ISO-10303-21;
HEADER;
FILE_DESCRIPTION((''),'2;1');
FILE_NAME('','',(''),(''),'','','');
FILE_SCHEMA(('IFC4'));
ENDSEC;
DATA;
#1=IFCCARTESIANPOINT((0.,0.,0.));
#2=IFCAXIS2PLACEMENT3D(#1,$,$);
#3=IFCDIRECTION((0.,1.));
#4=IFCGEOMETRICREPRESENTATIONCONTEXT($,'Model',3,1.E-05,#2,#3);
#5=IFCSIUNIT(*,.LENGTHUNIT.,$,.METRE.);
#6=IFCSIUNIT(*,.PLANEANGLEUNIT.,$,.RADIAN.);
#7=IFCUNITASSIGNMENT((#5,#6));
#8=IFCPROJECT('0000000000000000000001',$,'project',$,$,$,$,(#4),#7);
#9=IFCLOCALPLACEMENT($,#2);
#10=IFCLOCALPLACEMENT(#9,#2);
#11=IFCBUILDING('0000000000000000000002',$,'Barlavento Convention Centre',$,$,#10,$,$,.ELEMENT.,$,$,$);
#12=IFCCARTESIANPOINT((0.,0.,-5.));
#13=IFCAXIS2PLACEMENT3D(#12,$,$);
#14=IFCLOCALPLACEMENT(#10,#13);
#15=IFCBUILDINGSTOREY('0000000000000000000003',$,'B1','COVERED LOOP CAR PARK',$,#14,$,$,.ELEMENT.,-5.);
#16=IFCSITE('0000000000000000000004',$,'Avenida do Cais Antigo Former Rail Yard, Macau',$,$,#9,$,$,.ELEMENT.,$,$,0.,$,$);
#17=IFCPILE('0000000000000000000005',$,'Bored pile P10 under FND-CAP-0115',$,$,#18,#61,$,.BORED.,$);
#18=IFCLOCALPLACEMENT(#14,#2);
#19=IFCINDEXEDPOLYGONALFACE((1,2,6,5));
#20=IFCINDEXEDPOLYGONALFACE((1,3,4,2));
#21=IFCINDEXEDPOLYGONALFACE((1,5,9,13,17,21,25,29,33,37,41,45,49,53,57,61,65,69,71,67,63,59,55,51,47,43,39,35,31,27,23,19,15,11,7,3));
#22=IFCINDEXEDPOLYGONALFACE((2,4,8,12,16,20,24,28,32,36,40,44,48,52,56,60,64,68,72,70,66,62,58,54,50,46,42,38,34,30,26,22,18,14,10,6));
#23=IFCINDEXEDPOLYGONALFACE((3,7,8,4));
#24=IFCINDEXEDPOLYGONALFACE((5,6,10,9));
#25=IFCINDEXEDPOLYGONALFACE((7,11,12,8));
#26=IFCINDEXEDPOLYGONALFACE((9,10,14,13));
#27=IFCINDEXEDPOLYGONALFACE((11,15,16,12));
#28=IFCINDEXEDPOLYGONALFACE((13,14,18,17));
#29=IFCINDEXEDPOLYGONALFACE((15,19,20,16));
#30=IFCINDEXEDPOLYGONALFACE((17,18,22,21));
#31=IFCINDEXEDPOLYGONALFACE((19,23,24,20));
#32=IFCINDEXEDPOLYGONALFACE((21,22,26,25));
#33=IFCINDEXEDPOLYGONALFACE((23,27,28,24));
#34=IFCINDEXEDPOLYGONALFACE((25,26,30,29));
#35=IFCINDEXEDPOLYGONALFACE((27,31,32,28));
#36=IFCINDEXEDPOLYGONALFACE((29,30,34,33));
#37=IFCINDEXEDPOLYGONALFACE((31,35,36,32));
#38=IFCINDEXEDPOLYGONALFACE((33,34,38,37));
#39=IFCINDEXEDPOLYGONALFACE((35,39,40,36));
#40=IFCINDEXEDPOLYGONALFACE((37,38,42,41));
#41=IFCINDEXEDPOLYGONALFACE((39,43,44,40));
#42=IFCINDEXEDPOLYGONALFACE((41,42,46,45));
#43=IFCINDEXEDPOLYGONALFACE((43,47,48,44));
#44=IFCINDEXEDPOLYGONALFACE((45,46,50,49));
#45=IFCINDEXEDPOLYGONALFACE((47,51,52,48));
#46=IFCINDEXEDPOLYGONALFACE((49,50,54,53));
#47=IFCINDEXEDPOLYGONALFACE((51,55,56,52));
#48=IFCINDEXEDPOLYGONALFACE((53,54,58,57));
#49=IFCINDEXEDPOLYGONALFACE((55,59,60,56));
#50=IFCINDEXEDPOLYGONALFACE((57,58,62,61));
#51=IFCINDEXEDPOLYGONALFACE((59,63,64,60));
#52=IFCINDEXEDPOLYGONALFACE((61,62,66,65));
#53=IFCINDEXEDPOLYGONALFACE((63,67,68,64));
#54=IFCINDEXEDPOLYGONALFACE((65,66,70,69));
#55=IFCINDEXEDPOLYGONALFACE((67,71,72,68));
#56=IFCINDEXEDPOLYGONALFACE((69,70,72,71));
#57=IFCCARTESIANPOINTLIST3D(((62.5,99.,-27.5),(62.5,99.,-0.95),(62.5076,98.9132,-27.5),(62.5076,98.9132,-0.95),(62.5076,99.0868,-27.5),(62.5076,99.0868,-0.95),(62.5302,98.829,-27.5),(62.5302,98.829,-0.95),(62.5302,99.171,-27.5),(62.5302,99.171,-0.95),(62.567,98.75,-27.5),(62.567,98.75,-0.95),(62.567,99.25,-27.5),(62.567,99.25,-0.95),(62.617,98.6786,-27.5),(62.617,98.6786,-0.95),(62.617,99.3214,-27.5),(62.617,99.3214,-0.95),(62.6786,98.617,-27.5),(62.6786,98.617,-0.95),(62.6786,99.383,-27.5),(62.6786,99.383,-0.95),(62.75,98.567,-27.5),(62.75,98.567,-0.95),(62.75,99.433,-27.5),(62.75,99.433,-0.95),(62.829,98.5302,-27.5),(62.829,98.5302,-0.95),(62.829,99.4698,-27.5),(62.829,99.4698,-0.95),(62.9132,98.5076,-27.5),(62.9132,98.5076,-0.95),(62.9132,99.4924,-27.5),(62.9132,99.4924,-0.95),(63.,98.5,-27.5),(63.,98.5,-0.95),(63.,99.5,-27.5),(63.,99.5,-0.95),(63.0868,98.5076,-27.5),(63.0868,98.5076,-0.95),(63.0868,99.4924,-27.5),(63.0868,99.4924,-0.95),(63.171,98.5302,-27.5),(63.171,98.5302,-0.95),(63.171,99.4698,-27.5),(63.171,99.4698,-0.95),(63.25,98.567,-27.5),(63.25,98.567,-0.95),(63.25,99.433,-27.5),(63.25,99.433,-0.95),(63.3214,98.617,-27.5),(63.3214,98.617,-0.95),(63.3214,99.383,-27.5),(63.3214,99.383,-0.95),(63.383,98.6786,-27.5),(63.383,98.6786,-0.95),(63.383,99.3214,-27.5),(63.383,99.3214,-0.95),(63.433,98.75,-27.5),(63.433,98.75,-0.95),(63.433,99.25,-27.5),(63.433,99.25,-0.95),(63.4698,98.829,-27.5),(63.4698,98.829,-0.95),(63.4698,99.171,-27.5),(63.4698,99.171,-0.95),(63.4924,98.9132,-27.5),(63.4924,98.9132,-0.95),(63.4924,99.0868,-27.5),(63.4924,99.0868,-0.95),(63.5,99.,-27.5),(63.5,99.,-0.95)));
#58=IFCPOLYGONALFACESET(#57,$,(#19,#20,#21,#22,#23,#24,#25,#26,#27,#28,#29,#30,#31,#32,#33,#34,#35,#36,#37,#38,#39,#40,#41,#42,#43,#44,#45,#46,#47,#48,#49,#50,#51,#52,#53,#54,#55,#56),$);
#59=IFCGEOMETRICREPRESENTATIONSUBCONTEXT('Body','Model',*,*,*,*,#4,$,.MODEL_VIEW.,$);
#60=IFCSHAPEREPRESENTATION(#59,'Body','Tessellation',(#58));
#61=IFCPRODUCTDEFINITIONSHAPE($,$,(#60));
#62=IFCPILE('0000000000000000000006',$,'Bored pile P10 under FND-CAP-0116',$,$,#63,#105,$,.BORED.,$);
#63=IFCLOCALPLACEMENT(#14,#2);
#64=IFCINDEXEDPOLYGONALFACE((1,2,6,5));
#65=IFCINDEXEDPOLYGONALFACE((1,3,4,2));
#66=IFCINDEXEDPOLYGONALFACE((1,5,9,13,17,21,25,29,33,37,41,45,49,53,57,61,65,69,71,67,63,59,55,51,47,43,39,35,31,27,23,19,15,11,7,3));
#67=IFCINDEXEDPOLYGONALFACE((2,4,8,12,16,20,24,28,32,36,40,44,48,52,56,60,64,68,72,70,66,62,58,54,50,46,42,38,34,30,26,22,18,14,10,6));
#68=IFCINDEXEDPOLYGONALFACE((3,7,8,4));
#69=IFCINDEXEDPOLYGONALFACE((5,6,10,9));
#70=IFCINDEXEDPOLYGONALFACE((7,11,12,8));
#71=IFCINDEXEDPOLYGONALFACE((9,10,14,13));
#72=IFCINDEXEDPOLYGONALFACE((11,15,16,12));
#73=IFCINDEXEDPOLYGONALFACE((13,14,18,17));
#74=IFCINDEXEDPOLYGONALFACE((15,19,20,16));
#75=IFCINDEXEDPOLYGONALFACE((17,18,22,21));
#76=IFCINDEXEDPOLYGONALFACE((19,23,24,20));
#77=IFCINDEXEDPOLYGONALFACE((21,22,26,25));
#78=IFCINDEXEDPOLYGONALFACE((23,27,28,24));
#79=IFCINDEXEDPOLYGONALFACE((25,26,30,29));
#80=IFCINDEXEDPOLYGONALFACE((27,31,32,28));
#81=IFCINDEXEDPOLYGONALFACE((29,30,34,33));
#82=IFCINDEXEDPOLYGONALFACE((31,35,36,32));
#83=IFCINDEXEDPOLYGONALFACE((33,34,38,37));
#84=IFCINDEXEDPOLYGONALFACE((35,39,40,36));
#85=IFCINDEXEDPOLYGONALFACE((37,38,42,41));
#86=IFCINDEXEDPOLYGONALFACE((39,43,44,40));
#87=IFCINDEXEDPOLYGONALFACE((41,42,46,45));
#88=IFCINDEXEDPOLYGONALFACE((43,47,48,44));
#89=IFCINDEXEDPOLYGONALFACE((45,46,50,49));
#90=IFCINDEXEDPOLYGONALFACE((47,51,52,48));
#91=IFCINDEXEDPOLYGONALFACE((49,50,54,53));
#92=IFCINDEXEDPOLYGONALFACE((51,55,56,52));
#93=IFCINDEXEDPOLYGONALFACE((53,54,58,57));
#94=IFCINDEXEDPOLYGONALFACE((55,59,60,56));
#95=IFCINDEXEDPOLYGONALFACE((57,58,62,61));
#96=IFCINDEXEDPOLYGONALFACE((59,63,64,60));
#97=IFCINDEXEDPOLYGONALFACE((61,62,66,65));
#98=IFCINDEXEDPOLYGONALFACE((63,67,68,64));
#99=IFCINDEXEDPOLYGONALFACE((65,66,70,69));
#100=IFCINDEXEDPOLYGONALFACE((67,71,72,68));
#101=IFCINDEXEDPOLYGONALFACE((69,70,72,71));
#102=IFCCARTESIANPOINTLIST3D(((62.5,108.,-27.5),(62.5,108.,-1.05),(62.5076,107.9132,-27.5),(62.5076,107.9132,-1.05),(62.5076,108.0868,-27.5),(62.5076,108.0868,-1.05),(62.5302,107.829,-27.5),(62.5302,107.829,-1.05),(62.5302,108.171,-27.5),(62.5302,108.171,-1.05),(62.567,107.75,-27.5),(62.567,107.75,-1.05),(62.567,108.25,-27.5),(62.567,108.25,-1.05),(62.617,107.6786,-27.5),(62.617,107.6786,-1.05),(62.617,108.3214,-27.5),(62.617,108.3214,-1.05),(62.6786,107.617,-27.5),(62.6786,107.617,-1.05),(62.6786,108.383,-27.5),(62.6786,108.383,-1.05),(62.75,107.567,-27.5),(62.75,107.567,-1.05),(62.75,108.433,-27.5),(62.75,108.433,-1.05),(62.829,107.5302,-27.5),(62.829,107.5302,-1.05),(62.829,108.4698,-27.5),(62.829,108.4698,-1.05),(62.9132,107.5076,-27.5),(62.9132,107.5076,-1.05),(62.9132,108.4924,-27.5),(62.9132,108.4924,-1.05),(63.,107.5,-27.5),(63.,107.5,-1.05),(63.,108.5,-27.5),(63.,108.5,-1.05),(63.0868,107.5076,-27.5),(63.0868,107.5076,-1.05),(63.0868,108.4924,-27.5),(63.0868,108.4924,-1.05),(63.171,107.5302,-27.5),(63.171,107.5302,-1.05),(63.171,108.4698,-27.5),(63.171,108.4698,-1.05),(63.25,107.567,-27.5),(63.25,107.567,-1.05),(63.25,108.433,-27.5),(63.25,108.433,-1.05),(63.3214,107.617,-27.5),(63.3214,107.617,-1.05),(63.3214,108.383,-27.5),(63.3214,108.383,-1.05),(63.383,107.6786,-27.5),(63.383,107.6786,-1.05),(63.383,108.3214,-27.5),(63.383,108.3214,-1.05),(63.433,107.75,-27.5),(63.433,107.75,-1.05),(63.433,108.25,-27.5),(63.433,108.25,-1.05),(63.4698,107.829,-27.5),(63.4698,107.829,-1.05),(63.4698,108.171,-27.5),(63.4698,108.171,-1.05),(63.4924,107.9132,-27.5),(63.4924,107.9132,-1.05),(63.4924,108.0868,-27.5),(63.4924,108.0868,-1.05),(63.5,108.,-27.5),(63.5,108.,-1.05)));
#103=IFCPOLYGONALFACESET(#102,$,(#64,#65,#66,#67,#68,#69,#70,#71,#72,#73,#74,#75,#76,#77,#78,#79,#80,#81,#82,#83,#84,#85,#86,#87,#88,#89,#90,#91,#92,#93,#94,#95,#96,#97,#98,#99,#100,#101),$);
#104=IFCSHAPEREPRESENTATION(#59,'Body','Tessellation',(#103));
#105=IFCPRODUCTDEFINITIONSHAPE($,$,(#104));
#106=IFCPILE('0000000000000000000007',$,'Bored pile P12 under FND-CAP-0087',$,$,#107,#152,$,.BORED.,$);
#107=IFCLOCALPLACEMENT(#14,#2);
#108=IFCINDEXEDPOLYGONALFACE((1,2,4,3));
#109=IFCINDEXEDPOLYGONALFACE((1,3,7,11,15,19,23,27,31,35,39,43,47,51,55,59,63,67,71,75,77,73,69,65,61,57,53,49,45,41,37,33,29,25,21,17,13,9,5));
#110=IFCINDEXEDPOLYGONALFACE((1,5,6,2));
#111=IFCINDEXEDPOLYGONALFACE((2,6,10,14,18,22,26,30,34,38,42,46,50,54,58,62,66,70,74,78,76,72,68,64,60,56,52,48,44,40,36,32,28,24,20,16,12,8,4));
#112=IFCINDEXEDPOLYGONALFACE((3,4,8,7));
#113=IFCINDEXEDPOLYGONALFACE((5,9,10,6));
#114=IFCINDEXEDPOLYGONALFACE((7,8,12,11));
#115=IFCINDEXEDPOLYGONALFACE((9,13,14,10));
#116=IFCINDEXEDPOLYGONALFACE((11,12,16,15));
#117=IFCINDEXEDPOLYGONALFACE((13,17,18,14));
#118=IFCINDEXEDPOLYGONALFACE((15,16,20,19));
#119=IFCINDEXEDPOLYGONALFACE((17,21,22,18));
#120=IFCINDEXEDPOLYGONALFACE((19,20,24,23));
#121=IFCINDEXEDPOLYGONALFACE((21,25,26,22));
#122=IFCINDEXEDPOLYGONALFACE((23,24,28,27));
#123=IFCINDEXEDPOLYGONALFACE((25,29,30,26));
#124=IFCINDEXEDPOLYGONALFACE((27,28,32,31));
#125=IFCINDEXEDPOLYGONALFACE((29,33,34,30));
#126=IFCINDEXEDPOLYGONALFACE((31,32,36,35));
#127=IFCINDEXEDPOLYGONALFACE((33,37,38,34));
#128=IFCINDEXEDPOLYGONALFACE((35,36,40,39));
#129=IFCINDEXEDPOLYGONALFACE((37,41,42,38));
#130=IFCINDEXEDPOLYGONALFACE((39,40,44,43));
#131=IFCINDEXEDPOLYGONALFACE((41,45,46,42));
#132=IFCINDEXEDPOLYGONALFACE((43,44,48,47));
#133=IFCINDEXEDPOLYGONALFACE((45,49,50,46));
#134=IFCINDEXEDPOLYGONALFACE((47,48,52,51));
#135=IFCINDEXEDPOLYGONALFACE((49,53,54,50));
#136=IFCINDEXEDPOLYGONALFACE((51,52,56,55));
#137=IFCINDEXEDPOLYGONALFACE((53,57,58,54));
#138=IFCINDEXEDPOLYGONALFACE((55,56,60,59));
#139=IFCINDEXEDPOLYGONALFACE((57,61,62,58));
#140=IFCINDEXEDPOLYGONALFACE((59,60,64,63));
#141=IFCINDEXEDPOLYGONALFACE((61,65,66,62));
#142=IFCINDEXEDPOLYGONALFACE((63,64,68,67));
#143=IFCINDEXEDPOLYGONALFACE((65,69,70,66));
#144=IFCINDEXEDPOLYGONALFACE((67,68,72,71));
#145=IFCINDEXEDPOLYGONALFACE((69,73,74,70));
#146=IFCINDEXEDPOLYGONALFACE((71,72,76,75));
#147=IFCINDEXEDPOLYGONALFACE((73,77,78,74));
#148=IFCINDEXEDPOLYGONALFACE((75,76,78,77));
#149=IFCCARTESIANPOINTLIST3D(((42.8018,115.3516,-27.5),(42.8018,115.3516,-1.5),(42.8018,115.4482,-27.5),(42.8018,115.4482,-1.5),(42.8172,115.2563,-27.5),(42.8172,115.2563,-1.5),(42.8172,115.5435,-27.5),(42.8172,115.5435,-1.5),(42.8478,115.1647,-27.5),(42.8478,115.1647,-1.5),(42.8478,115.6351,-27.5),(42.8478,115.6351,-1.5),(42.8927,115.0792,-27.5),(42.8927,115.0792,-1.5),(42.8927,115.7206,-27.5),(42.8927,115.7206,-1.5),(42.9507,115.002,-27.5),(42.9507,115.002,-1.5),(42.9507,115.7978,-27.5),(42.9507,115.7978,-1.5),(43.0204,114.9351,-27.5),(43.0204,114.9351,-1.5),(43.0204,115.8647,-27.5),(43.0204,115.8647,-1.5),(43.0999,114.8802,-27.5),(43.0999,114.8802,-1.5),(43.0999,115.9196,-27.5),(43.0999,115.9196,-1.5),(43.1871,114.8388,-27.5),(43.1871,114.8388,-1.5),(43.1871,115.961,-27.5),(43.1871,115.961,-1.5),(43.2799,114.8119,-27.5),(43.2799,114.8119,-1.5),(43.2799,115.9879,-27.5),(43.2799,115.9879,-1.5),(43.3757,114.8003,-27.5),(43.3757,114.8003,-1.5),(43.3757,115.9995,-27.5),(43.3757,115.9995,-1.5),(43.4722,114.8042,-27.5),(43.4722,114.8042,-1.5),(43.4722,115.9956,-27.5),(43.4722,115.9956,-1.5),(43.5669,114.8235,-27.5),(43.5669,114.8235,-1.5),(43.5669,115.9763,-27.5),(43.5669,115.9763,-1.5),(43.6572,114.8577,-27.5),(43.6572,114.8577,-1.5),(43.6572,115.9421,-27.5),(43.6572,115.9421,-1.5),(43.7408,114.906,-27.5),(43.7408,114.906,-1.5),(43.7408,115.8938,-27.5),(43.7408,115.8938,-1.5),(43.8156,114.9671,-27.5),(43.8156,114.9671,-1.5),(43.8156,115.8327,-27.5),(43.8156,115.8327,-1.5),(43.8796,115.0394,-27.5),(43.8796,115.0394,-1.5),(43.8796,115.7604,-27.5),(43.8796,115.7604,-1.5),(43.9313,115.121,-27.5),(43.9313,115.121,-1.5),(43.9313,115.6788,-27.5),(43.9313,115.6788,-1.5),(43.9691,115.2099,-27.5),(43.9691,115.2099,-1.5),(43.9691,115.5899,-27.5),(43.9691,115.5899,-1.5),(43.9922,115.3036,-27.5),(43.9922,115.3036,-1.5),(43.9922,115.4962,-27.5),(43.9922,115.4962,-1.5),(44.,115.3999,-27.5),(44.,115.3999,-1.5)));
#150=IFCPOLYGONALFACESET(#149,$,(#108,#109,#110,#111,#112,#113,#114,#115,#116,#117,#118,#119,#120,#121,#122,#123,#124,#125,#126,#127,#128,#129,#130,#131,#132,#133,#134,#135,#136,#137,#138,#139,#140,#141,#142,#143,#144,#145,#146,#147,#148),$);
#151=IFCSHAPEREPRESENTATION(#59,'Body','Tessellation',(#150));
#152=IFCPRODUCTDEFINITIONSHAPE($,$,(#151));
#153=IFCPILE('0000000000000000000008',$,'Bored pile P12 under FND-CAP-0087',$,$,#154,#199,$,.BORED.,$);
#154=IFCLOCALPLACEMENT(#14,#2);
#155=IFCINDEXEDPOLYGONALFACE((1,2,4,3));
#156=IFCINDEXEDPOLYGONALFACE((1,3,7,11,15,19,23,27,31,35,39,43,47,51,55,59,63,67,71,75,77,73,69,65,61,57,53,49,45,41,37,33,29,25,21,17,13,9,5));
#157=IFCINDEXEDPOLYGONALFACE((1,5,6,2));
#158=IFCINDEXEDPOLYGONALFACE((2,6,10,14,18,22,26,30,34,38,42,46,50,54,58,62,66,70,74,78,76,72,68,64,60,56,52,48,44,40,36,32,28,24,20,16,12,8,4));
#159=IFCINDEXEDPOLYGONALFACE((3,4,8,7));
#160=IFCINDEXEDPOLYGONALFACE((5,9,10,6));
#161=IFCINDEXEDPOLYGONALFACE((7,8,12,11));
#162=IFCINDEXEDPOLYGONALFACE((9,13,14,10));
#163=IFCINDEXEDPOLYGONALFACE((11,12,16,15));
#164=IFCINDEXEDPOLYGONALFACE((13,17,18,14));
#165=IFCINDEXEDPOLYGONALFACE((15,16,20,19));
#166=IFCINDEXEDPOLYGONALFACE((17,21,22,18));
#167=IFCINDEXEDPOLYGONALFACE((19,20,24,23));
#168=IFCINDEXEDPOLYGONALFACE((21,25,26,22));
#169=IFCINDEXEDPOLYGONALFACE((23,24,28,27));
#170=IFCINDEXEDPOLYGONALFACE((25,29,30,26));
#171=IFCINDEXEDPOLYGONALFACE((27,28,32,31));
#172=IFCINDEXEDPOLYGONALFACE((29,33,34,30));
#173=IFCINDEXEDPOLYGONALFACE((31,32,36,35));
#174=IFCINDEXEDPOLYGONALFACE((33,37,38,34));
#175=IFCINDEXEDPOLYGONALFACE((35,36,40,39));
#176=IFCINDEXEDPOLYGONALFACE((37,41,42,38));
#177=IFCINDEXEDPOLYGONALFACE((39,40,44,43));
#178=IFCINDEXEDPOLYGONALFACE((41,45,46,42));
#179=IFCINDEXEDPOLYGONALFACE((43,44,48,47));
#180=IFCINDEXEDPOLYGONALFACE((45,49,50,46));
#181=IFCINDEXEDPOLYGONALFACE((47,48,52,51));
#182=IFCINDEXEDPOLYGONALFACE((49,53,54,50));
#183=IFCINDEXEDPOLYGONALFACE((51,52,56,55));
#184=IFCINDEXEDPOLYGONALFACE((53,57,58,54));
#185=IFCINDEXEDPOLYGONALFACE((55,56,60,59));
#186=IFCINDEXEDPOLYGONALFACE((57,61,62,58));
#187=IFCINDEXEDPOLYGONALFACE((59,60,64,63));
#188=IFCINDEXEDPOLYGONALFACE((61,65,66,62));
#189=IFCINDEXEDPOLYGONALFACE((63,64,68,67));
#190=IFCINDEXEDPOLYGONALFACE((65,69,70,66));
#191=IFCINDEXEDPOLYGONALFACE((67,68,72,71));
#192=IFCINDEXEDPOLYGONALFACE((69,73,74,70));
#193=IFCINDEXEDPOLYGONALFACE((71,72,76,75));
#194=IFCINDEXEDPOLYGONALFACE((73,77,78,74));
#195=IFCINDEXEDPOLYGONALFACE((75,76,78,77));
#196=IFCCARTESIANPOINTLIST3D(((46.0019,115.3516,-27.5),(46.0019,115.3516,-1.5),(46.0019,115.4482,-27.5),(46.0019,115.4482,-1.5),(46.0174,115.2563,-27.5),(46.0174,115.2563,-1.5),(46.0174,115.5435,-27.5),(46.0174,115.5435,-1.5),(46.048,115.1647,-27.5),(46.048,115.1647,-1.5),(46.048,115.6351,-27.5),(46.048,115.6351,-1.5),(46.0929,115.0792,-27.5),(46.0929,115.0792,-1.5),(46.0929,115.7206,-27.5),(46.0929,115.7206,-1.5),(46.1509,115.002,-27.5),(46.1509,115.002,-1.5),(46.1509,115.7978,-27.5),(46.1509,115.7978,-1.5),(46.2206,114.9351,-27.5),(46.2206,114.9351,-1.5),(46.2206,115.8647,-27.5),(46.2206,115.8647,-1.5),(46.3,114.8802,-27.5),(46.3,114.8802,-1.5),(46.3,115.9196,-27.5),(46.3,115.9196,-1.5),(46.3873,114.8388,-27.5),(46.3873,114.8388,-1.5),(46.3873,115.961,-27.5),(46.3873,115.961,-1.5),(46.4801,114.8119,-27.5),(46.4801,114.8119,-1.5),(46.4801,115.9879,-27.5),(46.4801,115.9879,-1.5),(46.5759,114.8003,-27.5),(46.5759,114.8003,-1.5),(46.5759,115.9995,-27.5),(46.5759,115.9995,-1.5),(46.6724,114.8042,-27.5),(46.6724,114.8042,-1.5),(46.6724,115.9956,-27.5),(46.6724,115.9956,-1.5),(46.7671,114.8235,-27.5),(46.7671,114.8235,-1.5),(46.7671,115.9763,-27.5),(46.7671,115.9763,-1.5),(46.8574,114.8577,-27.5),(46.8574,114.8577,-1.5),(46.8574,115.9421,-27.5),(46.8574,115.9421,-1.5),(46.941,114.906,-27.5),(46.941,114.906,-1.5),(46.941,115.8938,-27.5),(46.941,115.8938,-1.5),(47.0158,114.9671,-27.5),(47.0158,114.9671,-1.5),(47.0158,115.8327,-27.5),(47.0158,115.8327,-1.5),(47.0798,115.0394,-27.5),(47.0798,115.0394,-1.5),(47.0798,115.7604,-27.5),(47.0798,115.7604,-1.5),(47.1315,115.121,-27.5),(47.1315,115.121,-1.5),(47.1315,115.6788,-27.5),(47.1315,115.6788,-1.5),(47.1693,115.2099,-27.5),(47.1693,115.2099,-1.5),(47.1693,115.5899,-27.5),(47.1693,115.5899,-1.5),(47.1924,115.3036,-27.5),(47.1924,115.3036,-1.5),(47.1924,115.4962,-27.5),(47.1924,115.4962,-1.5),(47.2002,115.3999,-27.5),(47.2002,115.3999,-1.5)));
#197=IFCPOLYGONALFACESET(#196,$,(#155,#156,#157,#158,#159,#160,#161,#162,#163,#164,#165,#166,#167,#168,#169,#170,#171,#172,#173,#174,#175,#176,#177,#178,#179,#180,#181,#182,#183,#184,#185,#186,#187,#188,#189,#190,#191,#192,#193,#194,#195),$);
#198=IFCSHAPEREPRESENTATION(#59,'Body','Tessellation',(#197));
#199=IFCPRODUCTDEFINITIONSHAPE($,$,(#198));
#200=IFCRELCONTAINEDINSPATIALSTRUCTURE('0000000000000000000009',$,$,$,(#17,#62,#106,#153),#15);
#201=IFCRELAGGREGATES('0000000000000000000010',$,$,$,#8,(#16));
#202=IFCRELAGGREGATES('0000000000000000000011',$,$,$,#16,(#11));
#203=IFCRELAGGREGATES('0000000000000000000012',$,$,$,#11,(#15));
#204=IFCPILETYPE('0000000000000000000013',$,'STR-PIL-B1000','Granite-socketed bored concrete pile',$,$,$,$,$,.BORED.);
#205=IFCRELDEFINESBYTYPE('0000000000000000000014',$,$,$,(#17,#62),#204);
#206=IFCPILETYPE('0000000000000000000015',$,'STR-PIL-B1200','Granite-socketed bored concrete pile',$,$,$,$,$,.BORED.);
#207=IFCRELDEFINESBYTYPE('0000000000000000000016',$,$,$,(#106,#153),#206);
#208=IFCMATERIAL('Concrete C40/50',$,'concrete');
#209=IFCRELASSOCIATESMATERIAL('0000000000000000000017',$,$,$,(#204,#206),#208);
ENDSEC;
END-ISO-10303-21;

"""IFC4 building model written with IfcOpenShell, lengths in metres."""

from ifc_helpers import new_model, si_unit, direction, frame, origin, origin_2d, place, context, subcontext, project, spatial, circle, extrude, material, material_profile, profile_set, type_object, element, save


model = new_model("IFC4")

# Units and contexts
model_context = context("Model", 3, precision=1e-05, world=origin(), true_north=direction((0.0, 1.0)))
body_context = subcontext(model_context, "Body", "Model", "MODEL_VIEW")
ifc_project = project(units=[si_unit("LENGTHUNIT", "METRE"), si_unit("PLANEANGLEUNIT", "RADIAN")], contexts=[model_context])

# Site, building, storey
site_placement = place(None, origin())
site = spatial("IfcSite", under=ifc_project, at=site_placement, Name="Avenida do Cais Antigo Former Rail Yard, Macau", CompositionType="ELEMENT", RefElevation=0.0)
building_placement = place(site_placement, origin())
building = spatial("IfcBuilding", under=site, at=building_placement, Name="Barlavento Convention Centre", CompositionType="ELEMENT")
storey_placement = place(building_placement, frame((0.0, 0.0, -5.0)))
storey = spatial("IfcBuildingStorey", under=building, at=storey_placement, Name="B1", Description="COVERED LOOP CAR PARK", CompositionType="ELEMENT", Elevation=-5.0)

# Shared definitions
ifc_material_1 = material(Name="Concrete C40/50", Category="concrete")

# Piles
ifc_material_profile_1 = material_profile(ifc_material_1, circle(Radius=0.5, at=origin_2d()), Name="BORED PILE 1000")
ifc_profile_set_1 = profile_set([ifc_material_profile_1], Name="Concrete C40/50")
pile_type_1 = type_object("IfcPileType", Name="STR-PIL-B1000", Description="Granite-socketed bored concrete pile", PredefinedType="BORED", material=ifc_profile_set_1)
for number, where, z_axis, x_axis, name in (
    (1, (63.0, 99.0, -0.95), (0.0, 0.0, -1.0), (1.0, 0.0, 0.0), "Bored pile P10 under FND-CAP-0115"),
):
    element("IfcPile", number, at=place(storey_placement, frame(where, z_axis=z_axis, x_axis=x_axis)), inside=storey, type_object=pile_type_1, Name=name, PredefinedType="BORED", context=body_context, shape_type="SweptSolid", body=[
        extrude(circle(Radius=0.5, at=origin_2d()), origin(), (0.0, 0.0, 1.0), 26.55),
    ])
pile_1_placement = place(storey_placement, frame((63.0, 108.0, -1.05), z_axis=(0.0, 0.0, -1.0), x_axis=(1.0, 0.0, 0.0)))
element("IfcPile", 2, at=pile_1_placement, inside=storey, type_object=pile_type_1, Name="Bored pile P10 under FND-CAP-0116", PredefinedType="BORED", context=body_context, shape_type="SweptSolid", body=[
    extrude(circle(Radius=0.5, at=origin_2d()), origin(), (0.0, 0.0, 1.0), 26.45),
])
ifc_material_profile_2 = material_profile(ifc_material_1, circle(Radius=0.6001, at=origin_2d()), Name="BORED PILE 1200")
ifc_profile_set_2 = profile_set([ifc_material_profile_2], Name="Concrete C40/50")
pile_type_2 = type_object("IfcPileType", Name="STR-PIL-B1200", Description="Granite-socketed bored concrete pile", PredefinedType="BORED", material=ifc_profile_set_2)
for number, where, z_axis, x_axis, name in (
    (3, (43.3999, 115.3999, -1.5), (0.0, 0.0, -1.0), (1.0, 0.0, 0.0), "Bored pile P12 under FND-CAP-0087"),
    (4, (46.6001, 115.3999, -1.5), (0.0, 0.0, -1.0), (1.0, 0.0, 0.0), "Bored pile P12 under FND-CAP-0087"),
):
    element("IfcPile", number, at=place(storey_placement, frame(where, z_axis=z_axis, x_axis=x_axis)), inside=storey, type_object=pile_type_2, Name=name, PredefinedType="BORED", context=body_context, shape_type="SweptSolid", body=[
        extrude(circle(Radius=0.6001, at=origin_2d()), origin(), (0.0, 0.0, 1.0), 26.0),
    ])

save(model, "model.ifc")
